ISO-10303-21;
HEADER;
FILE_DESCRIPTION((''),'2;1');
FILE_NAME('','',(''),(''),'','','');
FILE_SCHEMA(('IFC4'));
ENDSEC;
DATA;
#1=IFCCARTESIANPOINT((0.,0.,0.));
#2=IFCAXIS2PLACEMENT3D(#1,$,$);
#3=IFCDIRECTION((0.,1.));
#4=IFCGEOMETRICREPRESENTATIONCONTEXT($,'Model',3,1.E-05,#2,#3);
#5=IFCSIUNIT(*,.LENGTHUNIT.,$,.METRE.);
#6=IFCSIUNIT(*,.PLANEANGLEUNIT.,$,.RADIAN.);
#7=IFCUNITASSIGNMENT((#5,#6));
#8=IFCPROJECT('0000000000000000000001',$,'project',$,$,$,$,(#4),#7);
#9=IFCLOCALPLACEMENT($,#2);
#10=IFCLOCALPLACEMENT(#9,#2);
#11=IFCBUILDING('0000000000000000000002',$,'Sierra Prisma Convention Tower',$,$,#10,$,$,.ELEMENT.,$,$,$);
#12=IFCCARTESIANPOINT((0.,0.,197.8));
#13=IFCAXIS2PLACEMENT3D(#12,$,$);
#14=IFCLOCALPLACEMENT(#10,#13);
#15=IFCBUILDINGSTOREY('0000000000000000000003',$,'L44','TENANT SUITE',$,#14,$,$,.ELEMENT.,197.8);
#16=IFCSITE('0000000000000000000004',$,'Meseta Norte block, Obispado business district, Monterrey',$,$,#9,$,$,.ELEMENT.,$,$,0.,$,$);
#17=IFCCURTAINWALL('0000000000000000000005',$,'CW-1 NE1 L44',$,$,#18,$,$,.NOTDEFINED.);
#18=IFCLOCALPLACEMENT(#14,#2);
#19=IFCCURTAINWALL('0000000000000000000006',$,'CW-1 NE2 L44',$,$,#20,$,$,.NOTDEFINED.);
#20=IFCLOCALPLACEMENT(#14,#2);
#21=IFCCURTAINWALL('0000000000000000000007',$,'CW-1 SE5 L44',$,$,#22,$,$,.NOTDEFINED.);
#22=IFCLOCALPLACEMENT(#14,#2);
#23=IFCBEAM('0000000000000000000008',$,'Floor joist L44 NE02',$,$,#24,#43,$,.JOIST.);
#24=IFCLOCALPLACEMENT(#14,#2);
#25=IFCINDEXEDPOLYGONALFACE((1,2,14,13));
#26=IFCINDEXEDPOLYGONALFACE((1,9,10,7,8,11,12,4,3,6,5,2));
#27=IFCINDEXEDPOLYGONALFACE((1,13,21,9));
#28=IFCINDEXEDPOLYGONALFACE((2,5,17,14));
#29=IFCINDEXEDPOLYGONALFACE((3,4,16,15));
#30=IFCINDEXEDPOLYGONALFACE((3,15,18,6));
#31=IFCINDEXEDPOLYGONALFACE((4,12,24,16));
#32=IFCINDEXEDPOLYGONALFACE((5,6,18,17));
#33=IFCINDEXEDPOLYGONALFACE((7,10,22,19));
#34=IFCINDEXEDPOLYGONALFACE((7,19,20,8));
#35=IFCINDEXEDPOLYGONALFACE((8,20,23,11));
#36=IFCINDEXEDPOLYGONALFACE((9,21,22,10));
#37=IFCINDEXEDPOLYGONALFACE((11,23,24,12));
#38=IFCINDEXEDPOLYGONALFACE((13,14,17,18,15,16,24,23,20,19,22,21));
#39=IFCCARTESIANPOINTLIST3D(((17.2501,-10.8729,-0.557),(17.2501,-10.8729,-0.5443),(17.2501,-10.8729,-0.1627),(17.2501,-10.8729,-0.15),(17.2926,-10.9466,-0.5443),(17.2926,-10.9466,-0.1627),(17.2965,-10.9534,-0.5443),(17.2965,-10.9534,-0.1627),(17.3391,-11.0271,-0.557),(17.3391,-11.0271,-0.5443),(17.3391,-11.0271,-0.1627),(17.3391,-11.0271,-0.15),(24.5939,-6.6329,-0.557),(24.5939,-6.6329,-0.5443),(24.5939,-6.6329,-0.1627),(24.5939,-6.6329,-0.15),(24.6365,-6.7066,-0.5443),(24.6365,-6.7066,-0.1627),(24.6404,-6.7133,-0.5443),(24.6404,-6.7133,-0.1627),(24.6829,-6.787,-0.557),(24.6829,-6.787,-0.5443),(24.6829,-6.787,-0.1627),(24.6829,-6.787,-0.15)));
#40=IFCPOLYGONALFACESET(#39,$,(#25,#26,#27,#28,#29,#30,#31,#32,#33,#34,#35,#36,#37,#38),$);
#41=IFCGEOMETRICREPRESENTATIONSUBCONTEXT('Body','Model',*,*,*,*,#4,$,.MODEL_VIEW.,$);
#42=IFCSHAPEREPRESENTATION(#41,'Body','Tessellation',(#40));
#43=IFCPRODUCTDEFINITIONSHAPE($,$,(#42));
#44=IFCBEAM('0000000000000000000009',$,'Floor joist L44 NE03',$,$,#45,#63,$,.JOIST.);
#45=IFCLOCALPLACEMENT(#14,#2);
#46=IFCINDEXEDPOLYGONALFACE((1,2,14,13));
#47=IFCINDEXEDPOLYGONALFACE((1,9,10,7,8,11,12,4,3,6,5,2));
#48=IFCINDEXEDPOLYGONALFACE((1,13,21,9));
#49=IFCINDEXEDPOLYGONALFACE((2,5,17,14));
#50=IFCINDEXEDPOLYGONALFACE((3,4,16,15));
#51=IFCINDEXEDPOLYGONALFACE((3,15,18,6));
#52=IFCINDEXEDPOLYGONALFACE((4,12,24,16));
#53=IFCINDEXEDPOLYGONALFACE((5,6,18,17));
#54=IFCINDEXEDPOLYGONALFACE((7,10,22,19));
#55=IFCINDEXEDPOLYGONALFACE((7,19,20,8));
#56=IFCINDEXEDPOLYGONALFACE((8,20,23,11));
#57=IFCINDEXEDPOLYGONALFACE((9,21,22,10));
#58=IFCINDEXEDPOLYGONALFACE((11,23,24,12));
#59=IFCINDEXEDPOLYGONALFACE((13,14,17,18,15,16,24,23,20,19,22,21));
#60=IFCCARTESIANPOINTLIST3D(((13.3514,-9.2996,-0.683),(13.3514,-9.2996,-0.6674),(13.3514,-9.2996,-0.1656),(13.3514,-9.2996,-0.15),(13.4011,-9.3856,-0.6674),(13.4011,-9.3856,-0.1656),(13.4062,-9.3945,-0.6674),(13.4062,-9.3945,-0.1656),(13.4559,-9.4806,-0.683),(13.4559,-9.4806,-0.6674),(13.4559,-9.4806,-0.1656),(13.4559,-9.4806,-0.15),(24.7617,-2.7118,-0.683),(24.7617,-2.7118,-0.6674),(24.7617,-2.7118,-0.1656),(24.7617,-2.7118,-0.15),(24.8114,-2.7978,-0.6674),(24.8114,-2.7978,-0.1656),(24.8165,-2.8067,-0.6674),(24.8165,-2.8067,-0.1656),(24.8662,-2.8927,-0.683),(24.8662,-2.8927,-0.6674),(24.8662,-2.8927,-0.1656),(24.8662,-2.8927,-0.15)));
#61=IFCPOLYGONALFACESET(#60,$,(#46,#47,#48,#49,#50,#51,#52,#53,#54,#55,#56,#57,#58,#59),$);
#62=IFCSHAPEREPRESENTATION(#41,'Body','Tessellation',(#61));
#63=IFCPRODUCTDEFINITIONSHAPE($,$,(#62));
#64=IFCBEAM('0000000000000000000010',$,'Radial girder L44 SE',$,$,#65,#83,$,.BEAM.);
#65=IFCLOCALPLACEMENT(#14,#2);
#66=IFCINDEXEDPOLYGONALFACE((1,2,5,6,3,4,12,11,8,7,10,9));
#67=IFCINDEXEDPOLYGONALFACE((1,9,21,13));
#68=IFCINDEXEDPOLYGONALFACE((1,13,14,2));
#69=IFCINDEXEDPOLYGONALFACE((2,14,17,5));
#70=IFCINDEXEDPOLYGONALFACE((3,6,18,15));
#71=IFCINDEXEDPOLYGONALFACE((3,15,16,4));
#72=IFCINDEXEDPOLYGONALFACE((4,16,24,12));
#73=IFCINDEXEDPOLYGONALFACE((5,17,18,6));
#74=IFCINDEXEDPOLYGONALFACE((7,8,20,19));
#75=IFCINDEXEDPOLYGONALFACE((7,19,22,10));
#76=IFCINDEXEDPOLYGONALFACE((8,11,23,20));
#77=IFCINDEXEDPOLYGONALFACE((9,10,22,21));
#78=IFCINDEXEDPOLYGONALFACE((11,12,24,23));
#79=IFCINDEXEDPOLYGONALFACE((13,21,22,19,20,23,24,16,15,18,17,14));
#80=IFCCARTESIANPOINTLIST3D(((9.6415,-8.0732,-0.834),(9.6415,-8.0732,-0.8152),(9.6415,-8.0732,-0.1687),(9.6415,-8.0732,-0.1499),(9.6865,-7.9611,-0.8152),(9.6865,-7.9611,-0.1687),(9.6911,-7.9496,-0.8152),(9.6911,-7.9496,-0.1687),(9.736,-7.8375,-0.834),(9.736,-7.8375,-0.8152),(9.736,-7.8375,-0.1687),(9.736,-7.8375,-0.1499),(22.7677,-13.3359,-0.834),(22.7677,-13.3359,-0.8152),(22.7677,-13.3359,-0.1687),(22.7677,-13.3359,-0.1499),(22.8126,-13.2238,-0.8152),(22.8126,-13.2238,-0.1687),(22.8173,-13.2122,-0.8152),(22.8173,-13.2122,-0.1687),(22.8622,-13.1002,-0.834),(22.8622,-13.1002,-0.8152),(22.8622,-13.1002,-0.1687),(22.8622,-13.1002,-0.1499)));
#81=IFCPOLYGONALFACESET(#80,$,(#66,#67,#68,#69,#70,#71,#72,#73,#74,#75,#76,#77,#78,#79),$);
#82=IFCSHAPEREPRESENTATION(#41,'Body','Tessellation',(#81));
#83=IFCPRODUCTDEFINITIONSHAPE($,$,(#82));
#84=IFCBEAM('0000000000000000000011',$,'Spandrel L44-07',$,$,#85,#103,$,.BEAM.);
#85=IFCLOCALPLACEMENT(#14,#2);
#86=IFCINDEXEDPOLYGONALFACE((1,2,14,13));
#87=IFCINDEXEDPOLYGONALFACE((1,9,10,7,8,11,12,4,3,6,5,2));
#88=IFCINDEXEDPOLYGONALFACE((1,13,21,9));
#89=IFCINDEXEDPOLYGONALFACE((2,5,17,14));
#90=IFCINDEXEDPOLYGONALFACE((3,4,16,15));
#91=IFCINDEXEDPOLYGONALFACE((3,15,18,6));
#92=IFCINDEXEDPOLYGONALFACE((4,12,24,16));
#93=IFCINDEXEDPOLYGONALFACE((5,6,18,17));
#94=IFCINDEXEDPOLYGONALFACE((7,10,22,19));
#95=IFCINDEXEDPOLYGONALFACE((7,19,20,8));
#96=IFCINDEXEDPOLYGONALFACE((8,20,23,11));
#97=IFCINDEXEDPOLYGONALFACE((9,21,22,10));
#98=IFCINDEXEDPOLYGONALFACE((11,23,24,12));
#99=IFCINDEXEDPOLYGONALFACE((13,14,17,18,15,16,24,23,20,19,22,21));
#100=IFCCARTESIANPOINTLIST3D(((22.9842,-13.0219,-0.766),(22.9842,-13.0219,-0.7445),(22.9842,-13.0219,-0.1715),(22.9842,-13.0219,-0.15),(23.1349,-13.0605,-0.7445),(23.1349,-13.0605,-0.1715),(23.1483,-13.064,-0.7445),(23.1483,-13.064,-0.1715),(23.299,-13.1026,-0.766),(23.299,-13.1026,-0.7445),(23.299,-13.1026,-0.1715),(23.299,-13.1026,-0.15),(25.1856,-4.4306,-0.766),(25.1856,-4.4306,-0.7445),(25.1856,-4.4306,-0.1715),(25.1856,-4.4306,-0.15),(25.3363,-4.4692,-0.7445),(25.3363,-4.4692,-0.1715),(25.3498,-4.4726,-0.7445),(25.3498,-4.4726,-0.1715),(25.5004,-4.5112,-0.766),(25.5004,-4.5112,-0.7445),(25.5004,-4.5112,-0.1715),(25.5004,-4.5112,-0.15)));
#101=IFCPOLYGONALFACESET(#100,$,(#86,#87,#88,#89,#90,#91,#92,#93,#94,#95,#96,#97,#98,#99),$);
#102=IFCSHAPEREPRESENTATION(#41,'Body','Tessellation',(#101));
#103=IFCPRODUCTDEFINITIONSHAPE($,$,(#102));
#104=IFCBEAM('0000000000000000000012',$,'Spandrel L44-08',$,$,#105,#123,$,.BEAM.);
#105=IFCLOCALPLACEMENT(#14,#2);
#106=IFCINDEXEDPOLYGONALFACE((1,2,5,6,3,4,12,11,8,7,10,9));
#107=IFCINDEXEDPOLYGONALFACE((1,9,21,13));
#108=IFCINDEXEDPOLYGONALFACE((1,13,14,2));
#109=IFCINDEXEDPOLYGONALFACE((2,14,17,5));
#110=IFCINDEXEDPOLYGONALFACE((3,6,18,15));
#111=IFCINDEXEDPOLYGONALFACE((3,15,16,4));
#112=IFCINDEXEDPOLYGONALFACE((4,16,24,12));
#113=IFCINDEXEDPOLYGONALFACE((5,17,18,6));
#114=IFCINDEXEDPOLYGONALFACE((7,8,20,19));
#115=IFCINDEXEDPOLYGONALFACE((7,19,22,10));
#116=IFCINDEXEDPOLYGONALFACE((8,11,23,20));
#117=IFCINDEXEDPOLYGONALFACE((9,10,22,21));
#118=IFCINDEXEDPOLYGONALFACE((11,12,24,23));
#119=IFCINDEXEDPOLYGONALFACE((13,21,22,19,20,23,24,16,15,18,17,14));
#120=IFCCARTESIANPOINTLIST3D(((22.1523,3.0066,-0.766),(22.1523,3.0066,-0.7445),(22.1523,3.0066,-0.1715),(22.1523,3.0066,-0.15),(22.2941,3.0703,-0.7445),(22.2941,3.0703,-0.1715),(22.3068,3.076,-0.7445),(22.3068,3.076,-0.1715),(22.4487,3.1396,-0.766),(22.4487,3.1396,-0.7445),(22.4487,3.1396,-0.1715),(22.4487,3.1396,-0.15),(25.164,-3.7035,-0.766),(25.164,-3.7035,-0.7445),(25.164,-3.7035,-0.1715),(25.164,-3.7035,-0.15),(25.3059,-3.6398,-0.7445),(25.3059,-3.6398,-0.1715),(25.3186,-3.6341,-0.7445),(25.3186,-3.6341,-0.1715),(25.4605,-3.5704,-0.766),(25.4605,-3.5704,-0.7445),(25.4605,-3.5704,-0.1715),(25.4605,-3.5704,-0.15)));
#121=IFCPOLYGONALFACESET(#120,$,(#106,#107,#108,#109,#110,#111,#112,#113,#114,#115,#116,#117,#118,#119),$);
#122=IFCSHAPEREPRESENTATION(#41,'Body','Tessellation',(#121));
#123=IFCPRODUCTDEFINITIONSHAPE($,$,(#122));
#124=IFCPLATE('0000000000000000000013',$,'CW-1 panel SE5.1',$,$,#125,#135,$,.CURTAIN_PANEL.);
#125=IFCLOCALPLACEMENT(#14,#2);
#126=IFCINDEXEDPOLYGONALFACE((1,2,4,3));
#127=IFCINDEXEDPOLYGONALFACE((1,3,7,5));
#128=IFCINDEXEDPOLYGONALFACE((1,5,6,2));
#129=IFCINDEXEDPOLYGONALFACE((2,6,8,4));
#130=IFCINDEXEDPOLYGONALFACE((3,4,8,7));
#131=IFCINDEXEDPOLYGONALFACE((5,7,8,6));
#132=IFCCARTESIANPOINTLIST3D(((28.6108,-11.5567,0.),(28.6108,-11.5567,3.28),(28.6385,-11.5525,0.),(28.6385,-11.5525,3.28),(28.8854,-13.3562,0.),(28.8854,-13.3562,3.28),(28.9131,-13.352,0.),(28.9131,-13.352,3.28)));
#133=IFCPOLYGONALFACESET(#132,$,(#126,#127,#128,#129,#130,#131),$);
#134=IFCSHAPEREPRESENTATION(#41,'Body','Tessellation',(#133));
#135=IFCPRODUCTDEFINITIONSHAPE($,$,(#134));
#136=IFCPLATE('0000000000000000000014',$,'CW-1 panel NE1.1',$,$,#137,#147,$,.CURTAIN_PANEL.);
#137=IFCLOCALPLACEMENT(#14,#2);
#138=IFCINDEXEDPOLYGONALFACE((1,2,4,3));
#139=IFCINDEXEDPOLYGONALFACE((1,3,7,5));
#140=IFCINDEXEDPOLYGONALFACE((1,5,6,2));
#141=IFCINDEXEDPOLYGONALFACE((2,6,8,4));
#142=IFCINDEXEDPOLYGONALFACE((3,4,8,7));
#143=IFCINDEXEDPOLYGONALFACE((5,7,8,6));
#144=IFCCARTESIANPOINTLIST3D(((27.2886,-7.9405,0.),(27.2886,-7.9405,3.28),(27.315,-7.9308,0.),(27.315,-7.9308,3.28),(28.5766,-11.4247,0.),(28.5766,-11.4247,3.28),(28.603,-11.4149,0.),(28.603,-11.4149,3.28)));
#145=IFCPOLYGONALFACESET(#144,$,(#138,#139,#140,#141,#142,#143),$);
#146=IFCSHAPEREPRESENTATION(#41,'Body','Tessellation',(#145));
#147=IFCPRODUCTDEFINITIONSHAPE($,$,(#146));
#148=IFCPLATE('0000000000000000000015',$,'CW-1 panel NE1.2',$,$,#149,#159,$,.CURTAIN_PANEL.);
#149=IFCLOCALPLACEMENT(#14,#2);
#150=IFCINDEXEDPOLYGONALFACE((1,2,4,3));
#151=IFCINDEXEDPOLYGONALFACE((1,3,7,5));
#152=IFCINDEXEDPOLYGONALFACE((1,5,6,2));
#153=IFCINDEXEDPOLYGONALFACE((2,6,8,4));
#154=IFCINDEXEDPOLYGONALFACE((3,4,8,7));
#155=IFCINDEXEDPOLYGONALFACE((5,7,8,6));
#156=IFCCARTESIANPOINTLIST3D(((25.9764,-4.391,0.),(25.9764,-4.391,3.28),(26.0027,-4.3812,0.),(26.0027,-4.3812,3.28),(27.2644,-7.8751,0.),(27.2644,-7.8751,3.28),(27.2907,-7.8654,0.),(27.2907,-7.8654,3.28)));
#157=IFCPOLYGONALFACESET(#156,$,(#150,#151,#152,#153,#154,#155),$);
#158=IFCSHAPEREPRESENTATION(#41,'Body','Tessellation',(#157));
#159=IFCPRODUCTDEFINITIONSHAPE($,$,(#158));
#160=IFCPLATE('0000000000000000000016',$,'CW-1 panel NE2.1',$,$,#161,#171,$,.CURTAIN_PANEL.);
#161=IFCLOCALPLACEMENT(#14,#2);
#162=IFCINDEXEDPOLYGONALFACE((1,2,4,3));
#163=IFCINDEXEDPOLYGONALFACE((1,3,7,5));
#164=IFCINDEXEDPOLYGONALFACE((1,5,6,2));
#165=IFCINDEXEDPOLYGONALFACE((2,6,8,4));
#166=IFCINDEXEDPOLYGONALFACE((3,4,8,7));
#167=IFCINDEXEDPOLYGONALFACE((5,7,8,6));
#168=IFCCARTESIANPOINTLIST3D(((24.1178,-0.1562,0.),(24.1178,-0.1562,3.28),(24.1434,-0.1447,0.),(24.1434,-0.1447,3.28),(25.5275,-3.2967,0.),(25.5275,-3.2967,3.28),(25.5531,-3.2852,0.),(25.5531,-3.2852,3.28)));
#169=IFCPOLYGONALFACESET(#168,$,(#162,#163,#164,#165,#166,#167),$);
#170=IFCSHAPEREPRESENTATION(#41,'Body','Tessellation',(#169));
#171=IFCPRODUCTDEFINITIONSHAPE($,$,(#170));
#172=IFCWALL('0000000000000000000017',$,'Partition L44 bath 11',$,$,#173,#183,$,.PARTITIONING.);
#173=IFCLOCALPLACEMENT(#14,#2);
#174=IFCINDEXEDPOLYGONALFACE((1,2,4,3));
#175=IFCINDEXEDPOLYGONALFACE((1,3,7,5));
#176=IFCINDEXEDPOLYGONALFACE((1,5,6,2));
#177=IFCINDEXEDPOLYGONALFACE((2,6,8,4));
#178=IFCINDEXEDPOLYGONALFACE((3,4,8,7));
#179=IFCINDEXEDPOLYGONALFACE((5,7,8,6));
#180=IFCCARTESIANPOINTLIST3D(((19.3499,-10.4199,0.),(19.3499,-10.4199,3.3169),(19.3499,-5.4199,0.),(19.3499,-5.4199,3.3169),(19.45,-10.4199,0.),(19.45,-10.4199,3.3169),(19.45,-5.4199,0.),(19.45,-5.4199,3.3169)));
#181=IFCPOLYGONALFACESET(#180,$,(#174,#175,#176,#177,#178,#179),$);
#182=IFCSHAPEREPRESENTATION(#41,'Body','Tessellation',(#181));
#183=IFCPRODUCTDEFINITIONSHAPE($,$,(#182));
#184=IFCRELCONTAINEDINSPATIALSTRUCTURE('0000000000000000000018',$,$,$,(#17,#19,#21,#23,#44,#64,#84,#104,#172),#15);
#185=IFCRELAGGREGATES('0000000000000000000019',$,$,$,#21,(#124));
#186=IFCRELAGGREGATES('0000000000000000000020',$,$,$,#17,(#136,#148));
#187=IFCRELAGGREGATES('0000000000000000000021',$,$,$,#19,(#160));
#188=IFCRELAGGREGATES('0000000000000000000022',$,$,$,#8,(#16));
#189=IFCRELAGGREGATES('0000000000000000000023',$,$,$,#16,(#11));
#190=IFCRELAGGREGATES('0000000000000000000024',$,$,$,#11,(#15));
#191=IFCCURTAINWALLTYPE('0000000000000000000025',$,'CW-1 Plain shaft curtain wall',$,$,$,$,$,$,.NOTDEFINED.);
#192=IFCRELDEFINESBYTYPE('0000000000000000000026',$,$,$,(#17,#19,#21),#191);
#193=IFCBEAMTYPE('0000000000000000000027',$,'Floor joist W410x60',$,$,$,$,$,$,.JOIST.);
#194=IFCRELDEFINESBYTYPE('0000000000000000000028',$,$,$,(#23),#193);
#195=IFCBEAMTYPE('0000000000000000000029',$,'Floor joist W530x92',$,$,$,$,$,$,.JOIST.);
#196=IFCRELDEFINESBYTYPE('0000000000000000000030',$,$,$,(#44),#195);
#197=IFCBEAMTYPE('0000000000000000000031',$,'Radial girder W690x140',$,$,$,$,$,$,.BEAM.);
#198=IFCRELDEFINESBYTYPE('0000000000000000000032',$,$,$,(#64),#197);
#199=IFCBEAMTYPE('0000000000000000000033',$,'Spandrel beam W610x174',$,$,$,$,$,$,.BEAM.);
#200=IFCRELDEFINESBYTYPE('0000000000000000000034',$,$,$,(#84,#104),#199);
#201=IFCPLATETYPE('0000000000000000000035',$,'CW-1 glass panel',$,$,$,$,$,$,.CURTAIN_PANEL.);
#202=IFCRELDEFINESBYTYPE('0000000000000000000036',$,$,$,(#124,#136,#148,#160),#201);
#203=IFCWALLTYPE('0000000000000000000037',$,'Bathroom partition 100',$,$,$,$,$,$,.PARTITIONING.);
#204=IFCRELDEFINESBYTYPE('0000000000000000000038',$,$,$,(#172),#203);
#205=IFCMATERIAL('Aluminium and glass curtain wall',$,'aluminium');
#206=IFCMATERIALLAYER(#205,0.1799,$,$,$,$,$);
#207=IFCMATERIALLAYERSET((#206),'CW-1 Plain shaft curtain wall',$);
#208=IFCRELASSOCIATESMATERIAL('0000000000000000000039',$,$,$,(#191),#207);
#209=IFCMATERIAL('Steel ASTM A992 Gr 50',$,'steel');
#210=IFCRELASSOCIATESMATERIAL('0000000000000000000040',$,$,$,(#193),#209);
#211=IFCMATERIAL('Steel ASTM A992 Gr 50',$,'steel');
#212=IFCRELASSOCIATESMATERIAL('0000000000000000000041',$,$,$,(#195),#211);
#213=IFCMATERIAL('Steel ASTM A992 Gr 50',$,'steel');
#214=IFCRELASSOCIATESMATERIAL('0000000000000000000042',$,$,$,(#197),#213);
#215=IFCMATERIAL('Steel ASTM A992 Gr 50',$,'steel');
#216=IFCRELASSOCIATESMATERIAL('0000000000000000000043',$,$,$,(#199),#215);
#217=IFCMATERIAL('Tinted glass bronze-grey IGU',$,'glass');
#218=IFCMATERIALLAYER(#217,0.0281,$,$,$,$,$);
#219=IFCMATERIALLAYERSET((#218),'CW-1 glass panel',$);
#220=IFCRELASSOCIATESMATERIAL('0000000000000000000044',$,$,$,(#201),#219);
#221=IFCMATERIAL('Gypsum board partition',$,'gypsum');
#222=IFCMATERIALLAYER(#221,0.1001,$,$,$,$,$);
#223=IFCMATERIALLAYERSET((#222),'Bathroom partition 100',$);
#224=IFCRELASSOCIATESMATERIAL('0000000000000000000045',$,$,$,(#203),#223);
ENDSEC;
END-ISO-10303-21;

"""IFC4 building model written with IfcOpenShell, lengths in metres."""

from ifc_helpers import new_model, si_unit, direction, frame, frame_2d, origin, origin_2d, place, context, subcontext, project, spatial, rectangle, i_section, extrude, material, layer, layer_set, material_profile, profile_set, type_object, element, aggregate, save


model = new_model("IFC4")

# Units and contexts
model_context = context("Model", 3, precision=1e-05, world=origin(), true_north=direction((0.0, 1.0)))
body_context = subcontext(model_context, "Body", "Model", "MODEL_VIEW")
ifc_project = project(units=[si_unit("LENGTHUNIT", "METRE"), si_unit("PLANEANGLEUNIT", "RADIAN")], contexts=[model_context])

# Site, building, storey
site_placement = place(None, origin())
site = spatial("IfcSite", under=ifc_project, at=site_placement, Name="Meseta Norte block, Obispado business district, Monterrey", CompositionType="ELEMENT", RefElevation=0.0)
building_placement = place(site_placement, origin())
building = spatial("IfcBuilding", under=site, at=building_placement, Name="Sierra Prisma Convention Tower", CompositionType="ELEMENT")
storey_placement = place(building_placement, frame((0.0, 0.0, 197.8)))
storey = spatial("IfcBuildingStorey", under=building, at=storey_placement, Name="L44", Description="TENANT SUITE", CompositionType="ELEMENT", Elevation=197.8)

# Curtain walls
ifc_material_1 = material(Name="Aluminium and glass curtain wall", Category="aluminium")
ifc_layer_1 = layer(ifc_material_1, 0.1799)
ifc_layer_set_1 = layer_set([ifc_layer_1], Name="CW-1 Plain shaft curtain wall")
curtain_wall_type = type_object("IfcCurtainWallType", Name="CW-1 Plain shaft curtain wall", PredefinedType="NOTDEFINED", material=ifc_layer_set_1)
curtain_wall_1_placement = place(storey_placement, origin())
curtain_wall_1 = element("IfcCurtainWall", 1, at=curtain_wall_1_placement, inside=storey, type_object=curtain_wall_type, Name="CW-1 NE1 L44", PredefinedType="NOTDEFINED")
curtain_wall_2_placement = place(storey_placement, origin())
curtain_wall_2 = element("IfcCurtainWall", 2, at=curtain_wall_2_placement, inside=storey, type_object=curtain_wall_type, Name="CW-1 NE2 L44", PredefinedType="NOTDEFINED")

# Curtain wall
curtain_wall_3_placement = place(storey_placement, origin())
curtain_wall_3 = element("IfcCurtainWall", 3, at=curtain_wall_3_placement, inside=storey, type_object=curtain_wall_type, Name="CW-1 SE5 L44", PredefinedType="NOTDEFINED")

# Beams
ifc_material_2 = material(Name="Steel ASTM A992 Gr 50", Category="steel")
ifc_material_profile_1 = material_profile(ifc_material_2, i_section(OverallWidth=0.178, OverallDepth=0.407, WebThickness=0.0078, FlangeThickness=0.0127, at=origin_2d()), Name="W410x60")
ifc_profile_set_1 = profile_set([ifc_material_profile_1], Name="Steel ASTM A992 Gr 50")
beam_type_1 = type_object("IfcBeamType", Name="Floor joist W410x60", PredefinedType="JOIST", material=ifc_profile_set_1)
beam_1_placement = place(storey_placement, frame((24.6384, -6.71, -0.3535), z_axis=(-0.866022, -0.500007, 0.0), x_axis=(0.500007, -0.866022, 0.0)))
element("IfcBeam", 4, at=beam_1_placement, inside=storey, type_object=beam_type_1, Name="Floor joist L44 NE02", PredefinedType="JOIST", context=body_context, shape_type="SweptSolid", body=[
    extrude(i_section(OverallWidth=0.178, OverallDepth=0.407, WebThickness=0.0078, FlangeThickness=0.0127, at=origin_2d()), origin(), (0.0, 0.0, 1.0), 8.48),
])
ifc_material_3 = material(Name="Steel ASTM A992 Gr 50", Category="steel")
ifc_material_profile_2 = material_profile(ifc_material_3, i_section(OverallWidth=0.209, OverallDepth=0.533, WebThickness=0.0103, FlangeThickness=0.0156, at=origin_2d()), Name="W530x92")
ifc_profile_set_2 = profile_set([ifc_material_profile_2], Name="Steel ASTM A992 Gr 50")
beam_type_2 = type_object("IfcBeamType", Name="Floor joist W530x92", PredefinedType="JOIST", material=ifc_profile_set_2)
beam_2_placement = place(storey_placement, frame((24.814, -2.8022, -0.4165), z_axis=(-0.866022, -0.500005, 0.0), x_axis=(0.500005, -0.866022, 0.0)))
element("IfcBeam", 5, at=beam_2_placement, inside=storey, type_object=beam_type_2, Name="Floor joist L44 NE03", PredefinedType="JOIST", context=body_context, shape_type="SweptSolid", body=[
    extrude(i_section(OverallWidth=0.209, OverallDepth=0.533, WebThickness=0.0103, FlangeThickness=0.0156, at=origin_2d()), origin(), (0.0, 0.0, 1.0), 13.1755),
])
ifc_material_4 = material(Name="Steel ASTM A992 Gr 50", Category="steel")
ifc_material_profile_3 = material_profile(ifc_material_4, i_section(OverallWidth=0.2539, OverallDepth=0.6841, WebThickness=0.0125, FlangeThickness=0.0188, at=origin_2d()), Name="W690x140")
ifc_profile_set_3 = profile_set([ifc_material_profile_3], Name="Steel ASTM A992 Gr 50")
beam_type_3 = type_object("IfcBeamType", Name="Radial girder W690x140", PredefinedType="BEAM", material=ifc_profile_set_3)
beam_3_placement = place(storey_placement, frame((22.8149, -13.218, -0.4919), z_axis=(-0.928179, 0.372135, 0.0), x_axis=(-0.372135, -0.928179, 0.0)))
element("IfcBeam", 6, at=beam_3_placement, inside=storey, type_object=beam_type_3, Name="Radial girder L44 SE", PredefinedType="BEAM", context=body_context, shape_type="SweptSolid", body=[
    extrude(i_section(OverallWidth=0.2539, OverallDepth=0.6841, WebThickness=0.0125, FlangeThickness=0.0188, at=origin_2d()), origin(), (0.0, 0.0, 1.0), 14.1418),
])
ifc_material_5 = material(Name="Steel ASTM A992 Gr 50", Category="steel")
ifc_material_profile_4 = material_profile(ifc_material_5, i_section(OverallWidth=0.325, OverallDepth=0.616, WebThickness=0.0139, FlangeThickness=0.0215, at=origin_2d()), Name="W610x174")
ifc_profile_set_4 = profile_set([ifc_material_profile_4], Name="Steel ASTM A992 Gr 50")
beam_type_4 = type_object("IfcBeamType", Name="Spandrel beam W610x174", PredefinedType="BEAM", material=ifc_profile_set_4)
beam_4_placement = place(storey_placement, frame((23.1416, -13.0623, -0.458), z_axis=(0.248218, 0.968704, 0.0), x_axis=(-0.968704, 0.248218, 0.0)))
element("IfcBeam", 7, at=beam_4_placement, inside=storey, type_object=beam_type_4, Name="Spandrel L44-07", PredefinedType="BEAM", context=body_context, shape_type="SweptSolid", body=[
    extrude(i_section(OverallWidth=0.325, OverallDepth=0.616, WebThickness=0.0139, FlangeThickness=0.0215, at=origin_2d()), origin(), (0.0, 0.0, 1.0), 8.8689),
])
beam_5_placement = place(storey_placement, frame((25.3123, -3.637, -0.458), z_axis=(-0.409487, 0.912316, 0.0), x_axis=(-0.912316, -0.409487, 0.0)))
element("IfcBeam", 8, at=beam_5_placement, inside=storey, type_object=beam_type_4, Name="Spandrel L44-08", PredefinedType="BEAM", context=body_context, shape_type="SweptSolid", body=[
    extrude(i_section(OverallWidth=0.325, OverallDepth=0.616, WebThickness=0.0139, FlangeThickness=0.0215, at=origin_2d()), origin(), (0.0, 0.0, 1.0), 7.355),
])

# Plates
ifc_material_6 = material(Name="Tinted glass bronze-grey IGU", Category="glass")
ifc_layer_2 = layer(ifc_material_6, 0.0281)
ifc_layer_set_2 = layer_set([ifc_layer_2], Name="CW-1 glass panel")
plate_type = type_object("IfcPlateType", Name="CW-1 glass panel", PredefinedType="CURTAIN_PANEL", material=ifc_layer_set_2)
plate_1_placement = place(storey_placement, frame((28.762, -12.4543, 0.0), z_axis=(0.0, 0.0, 1.0), x_axis=(-0.150864, 0.988555, 0.0)))
plate_1 = element("IfcPlate", 9, at=plate_1_placement, type_object=plate_type, Name="CW-1 panel SE5.1", PredefinedType="CURTAIN_PANEL", context=body_context, shape_type="SweptSolid", body=[
    extrude(rectangle(XDim=1.8203, YDim=0.0281, at=origin_2d()), origin(), (0.0, 0.0, 1.0), 3.28),
])
aggregate(curtain_wall_3, [plate_1])
plate_2_placement = place(storey_placement, frame((27.9458, -9.6777, 0.0), z_axis=(0.0, 0.0, 1.0), x_axis=(-0.346748, 0.937958, 0.0)))
plate_2 = element("IfcPlate", 10, at=plate_2_placement, type_object=plate_type, Name="CW-1 panel NE1.1", PredefinedType="CURTAIN_PANEL", context=body_context, shape_type="SweptSolid", body=[
    extrude(rectangle(XDim=3.7146, YDim=0.0281, at=origin_2d()), origin(), (0.0, 0.0, 1.0), 3.28),
])
plate_3_placement = place(storey_placement, frame((26.6335, -6.1282, 0.0), z_axis=(0.0, 0.0, 1.0), x_axis=(-0.346748, 0.937958, 0.0)))
plate_3 = element("IfcPlate", 11, at=plate_3_placement, type_object=plate_type, Name="CW-1 panel NE1.2", PredefinedType="CURTAIN_PANEL", context=body_context, shape_type="SweptSolid", body=[
    extrude(rectangle(XDim=3.7146, YDim=0.0281, at=origin_2d()), origin(), (0.0, 0.0, 1.0), 3.28),
])
aggregate(curtain_wall_1, [plate_2, plate_3])
plate_4_placement = place(storey_placement, frame((24.8354, -1.7207, 0.0), z_axis=(0.0, 0.0, 1.0), x_axis=(-0.409495, 0.912312, 0.0)))
plate_4 = element("IfcPlate", 12, at=plate_4_placement, type_object=plate_type, Name="CW-1 panel NE2.1", PredefinedType="CURTAIN_PANEL", context=body_context, shape_type="SweptSolid", body=[
    extrude(rectangle(XDim=3.4424, YDim=0.0281, at=origin_2d()), origin(), (0.0, 0.0, 1.0), 3.28),
])
aggregate(curtain_wall_2, [plate_4])

# Wall
ifc_material_7 = material(Name="Gypsum board partition", Category="gypsum")
ifc_layer_3 = layer(ifc_material_7, 0.1001)
ifc_layer_set_3 = layer_set([ifc_layer_3], Name="Bathroom partition 100")
wall_type = type_object("IfcWallType", Name="Bathroom partition 100", PredefinedType="PARTITIONING", material=ifc_layer_set_3)
wall_1_placement = place(storey_placement, frame((19.3999, -5.4199, 0.0), z_axis=(0.0, 0.0, 1.0), x_axis=(0.0, -1.0, 0.0)))
element("IfcWall", 13, at=wall_1_placement, inside=storey, type_object=wall_type, Name="Partition L44 bath 11", PredefinedType="PARTITIONING", context=body_context, shape_type="SweptSolid", body=[
    extrude(rectangle(XDim=5.0, YDim=0.1001, at=frame_2d((2.5, 0.0))), origin(), (0.0, 0.0, 1.0), 3.3169),
])

save(model, "model.ifc")
